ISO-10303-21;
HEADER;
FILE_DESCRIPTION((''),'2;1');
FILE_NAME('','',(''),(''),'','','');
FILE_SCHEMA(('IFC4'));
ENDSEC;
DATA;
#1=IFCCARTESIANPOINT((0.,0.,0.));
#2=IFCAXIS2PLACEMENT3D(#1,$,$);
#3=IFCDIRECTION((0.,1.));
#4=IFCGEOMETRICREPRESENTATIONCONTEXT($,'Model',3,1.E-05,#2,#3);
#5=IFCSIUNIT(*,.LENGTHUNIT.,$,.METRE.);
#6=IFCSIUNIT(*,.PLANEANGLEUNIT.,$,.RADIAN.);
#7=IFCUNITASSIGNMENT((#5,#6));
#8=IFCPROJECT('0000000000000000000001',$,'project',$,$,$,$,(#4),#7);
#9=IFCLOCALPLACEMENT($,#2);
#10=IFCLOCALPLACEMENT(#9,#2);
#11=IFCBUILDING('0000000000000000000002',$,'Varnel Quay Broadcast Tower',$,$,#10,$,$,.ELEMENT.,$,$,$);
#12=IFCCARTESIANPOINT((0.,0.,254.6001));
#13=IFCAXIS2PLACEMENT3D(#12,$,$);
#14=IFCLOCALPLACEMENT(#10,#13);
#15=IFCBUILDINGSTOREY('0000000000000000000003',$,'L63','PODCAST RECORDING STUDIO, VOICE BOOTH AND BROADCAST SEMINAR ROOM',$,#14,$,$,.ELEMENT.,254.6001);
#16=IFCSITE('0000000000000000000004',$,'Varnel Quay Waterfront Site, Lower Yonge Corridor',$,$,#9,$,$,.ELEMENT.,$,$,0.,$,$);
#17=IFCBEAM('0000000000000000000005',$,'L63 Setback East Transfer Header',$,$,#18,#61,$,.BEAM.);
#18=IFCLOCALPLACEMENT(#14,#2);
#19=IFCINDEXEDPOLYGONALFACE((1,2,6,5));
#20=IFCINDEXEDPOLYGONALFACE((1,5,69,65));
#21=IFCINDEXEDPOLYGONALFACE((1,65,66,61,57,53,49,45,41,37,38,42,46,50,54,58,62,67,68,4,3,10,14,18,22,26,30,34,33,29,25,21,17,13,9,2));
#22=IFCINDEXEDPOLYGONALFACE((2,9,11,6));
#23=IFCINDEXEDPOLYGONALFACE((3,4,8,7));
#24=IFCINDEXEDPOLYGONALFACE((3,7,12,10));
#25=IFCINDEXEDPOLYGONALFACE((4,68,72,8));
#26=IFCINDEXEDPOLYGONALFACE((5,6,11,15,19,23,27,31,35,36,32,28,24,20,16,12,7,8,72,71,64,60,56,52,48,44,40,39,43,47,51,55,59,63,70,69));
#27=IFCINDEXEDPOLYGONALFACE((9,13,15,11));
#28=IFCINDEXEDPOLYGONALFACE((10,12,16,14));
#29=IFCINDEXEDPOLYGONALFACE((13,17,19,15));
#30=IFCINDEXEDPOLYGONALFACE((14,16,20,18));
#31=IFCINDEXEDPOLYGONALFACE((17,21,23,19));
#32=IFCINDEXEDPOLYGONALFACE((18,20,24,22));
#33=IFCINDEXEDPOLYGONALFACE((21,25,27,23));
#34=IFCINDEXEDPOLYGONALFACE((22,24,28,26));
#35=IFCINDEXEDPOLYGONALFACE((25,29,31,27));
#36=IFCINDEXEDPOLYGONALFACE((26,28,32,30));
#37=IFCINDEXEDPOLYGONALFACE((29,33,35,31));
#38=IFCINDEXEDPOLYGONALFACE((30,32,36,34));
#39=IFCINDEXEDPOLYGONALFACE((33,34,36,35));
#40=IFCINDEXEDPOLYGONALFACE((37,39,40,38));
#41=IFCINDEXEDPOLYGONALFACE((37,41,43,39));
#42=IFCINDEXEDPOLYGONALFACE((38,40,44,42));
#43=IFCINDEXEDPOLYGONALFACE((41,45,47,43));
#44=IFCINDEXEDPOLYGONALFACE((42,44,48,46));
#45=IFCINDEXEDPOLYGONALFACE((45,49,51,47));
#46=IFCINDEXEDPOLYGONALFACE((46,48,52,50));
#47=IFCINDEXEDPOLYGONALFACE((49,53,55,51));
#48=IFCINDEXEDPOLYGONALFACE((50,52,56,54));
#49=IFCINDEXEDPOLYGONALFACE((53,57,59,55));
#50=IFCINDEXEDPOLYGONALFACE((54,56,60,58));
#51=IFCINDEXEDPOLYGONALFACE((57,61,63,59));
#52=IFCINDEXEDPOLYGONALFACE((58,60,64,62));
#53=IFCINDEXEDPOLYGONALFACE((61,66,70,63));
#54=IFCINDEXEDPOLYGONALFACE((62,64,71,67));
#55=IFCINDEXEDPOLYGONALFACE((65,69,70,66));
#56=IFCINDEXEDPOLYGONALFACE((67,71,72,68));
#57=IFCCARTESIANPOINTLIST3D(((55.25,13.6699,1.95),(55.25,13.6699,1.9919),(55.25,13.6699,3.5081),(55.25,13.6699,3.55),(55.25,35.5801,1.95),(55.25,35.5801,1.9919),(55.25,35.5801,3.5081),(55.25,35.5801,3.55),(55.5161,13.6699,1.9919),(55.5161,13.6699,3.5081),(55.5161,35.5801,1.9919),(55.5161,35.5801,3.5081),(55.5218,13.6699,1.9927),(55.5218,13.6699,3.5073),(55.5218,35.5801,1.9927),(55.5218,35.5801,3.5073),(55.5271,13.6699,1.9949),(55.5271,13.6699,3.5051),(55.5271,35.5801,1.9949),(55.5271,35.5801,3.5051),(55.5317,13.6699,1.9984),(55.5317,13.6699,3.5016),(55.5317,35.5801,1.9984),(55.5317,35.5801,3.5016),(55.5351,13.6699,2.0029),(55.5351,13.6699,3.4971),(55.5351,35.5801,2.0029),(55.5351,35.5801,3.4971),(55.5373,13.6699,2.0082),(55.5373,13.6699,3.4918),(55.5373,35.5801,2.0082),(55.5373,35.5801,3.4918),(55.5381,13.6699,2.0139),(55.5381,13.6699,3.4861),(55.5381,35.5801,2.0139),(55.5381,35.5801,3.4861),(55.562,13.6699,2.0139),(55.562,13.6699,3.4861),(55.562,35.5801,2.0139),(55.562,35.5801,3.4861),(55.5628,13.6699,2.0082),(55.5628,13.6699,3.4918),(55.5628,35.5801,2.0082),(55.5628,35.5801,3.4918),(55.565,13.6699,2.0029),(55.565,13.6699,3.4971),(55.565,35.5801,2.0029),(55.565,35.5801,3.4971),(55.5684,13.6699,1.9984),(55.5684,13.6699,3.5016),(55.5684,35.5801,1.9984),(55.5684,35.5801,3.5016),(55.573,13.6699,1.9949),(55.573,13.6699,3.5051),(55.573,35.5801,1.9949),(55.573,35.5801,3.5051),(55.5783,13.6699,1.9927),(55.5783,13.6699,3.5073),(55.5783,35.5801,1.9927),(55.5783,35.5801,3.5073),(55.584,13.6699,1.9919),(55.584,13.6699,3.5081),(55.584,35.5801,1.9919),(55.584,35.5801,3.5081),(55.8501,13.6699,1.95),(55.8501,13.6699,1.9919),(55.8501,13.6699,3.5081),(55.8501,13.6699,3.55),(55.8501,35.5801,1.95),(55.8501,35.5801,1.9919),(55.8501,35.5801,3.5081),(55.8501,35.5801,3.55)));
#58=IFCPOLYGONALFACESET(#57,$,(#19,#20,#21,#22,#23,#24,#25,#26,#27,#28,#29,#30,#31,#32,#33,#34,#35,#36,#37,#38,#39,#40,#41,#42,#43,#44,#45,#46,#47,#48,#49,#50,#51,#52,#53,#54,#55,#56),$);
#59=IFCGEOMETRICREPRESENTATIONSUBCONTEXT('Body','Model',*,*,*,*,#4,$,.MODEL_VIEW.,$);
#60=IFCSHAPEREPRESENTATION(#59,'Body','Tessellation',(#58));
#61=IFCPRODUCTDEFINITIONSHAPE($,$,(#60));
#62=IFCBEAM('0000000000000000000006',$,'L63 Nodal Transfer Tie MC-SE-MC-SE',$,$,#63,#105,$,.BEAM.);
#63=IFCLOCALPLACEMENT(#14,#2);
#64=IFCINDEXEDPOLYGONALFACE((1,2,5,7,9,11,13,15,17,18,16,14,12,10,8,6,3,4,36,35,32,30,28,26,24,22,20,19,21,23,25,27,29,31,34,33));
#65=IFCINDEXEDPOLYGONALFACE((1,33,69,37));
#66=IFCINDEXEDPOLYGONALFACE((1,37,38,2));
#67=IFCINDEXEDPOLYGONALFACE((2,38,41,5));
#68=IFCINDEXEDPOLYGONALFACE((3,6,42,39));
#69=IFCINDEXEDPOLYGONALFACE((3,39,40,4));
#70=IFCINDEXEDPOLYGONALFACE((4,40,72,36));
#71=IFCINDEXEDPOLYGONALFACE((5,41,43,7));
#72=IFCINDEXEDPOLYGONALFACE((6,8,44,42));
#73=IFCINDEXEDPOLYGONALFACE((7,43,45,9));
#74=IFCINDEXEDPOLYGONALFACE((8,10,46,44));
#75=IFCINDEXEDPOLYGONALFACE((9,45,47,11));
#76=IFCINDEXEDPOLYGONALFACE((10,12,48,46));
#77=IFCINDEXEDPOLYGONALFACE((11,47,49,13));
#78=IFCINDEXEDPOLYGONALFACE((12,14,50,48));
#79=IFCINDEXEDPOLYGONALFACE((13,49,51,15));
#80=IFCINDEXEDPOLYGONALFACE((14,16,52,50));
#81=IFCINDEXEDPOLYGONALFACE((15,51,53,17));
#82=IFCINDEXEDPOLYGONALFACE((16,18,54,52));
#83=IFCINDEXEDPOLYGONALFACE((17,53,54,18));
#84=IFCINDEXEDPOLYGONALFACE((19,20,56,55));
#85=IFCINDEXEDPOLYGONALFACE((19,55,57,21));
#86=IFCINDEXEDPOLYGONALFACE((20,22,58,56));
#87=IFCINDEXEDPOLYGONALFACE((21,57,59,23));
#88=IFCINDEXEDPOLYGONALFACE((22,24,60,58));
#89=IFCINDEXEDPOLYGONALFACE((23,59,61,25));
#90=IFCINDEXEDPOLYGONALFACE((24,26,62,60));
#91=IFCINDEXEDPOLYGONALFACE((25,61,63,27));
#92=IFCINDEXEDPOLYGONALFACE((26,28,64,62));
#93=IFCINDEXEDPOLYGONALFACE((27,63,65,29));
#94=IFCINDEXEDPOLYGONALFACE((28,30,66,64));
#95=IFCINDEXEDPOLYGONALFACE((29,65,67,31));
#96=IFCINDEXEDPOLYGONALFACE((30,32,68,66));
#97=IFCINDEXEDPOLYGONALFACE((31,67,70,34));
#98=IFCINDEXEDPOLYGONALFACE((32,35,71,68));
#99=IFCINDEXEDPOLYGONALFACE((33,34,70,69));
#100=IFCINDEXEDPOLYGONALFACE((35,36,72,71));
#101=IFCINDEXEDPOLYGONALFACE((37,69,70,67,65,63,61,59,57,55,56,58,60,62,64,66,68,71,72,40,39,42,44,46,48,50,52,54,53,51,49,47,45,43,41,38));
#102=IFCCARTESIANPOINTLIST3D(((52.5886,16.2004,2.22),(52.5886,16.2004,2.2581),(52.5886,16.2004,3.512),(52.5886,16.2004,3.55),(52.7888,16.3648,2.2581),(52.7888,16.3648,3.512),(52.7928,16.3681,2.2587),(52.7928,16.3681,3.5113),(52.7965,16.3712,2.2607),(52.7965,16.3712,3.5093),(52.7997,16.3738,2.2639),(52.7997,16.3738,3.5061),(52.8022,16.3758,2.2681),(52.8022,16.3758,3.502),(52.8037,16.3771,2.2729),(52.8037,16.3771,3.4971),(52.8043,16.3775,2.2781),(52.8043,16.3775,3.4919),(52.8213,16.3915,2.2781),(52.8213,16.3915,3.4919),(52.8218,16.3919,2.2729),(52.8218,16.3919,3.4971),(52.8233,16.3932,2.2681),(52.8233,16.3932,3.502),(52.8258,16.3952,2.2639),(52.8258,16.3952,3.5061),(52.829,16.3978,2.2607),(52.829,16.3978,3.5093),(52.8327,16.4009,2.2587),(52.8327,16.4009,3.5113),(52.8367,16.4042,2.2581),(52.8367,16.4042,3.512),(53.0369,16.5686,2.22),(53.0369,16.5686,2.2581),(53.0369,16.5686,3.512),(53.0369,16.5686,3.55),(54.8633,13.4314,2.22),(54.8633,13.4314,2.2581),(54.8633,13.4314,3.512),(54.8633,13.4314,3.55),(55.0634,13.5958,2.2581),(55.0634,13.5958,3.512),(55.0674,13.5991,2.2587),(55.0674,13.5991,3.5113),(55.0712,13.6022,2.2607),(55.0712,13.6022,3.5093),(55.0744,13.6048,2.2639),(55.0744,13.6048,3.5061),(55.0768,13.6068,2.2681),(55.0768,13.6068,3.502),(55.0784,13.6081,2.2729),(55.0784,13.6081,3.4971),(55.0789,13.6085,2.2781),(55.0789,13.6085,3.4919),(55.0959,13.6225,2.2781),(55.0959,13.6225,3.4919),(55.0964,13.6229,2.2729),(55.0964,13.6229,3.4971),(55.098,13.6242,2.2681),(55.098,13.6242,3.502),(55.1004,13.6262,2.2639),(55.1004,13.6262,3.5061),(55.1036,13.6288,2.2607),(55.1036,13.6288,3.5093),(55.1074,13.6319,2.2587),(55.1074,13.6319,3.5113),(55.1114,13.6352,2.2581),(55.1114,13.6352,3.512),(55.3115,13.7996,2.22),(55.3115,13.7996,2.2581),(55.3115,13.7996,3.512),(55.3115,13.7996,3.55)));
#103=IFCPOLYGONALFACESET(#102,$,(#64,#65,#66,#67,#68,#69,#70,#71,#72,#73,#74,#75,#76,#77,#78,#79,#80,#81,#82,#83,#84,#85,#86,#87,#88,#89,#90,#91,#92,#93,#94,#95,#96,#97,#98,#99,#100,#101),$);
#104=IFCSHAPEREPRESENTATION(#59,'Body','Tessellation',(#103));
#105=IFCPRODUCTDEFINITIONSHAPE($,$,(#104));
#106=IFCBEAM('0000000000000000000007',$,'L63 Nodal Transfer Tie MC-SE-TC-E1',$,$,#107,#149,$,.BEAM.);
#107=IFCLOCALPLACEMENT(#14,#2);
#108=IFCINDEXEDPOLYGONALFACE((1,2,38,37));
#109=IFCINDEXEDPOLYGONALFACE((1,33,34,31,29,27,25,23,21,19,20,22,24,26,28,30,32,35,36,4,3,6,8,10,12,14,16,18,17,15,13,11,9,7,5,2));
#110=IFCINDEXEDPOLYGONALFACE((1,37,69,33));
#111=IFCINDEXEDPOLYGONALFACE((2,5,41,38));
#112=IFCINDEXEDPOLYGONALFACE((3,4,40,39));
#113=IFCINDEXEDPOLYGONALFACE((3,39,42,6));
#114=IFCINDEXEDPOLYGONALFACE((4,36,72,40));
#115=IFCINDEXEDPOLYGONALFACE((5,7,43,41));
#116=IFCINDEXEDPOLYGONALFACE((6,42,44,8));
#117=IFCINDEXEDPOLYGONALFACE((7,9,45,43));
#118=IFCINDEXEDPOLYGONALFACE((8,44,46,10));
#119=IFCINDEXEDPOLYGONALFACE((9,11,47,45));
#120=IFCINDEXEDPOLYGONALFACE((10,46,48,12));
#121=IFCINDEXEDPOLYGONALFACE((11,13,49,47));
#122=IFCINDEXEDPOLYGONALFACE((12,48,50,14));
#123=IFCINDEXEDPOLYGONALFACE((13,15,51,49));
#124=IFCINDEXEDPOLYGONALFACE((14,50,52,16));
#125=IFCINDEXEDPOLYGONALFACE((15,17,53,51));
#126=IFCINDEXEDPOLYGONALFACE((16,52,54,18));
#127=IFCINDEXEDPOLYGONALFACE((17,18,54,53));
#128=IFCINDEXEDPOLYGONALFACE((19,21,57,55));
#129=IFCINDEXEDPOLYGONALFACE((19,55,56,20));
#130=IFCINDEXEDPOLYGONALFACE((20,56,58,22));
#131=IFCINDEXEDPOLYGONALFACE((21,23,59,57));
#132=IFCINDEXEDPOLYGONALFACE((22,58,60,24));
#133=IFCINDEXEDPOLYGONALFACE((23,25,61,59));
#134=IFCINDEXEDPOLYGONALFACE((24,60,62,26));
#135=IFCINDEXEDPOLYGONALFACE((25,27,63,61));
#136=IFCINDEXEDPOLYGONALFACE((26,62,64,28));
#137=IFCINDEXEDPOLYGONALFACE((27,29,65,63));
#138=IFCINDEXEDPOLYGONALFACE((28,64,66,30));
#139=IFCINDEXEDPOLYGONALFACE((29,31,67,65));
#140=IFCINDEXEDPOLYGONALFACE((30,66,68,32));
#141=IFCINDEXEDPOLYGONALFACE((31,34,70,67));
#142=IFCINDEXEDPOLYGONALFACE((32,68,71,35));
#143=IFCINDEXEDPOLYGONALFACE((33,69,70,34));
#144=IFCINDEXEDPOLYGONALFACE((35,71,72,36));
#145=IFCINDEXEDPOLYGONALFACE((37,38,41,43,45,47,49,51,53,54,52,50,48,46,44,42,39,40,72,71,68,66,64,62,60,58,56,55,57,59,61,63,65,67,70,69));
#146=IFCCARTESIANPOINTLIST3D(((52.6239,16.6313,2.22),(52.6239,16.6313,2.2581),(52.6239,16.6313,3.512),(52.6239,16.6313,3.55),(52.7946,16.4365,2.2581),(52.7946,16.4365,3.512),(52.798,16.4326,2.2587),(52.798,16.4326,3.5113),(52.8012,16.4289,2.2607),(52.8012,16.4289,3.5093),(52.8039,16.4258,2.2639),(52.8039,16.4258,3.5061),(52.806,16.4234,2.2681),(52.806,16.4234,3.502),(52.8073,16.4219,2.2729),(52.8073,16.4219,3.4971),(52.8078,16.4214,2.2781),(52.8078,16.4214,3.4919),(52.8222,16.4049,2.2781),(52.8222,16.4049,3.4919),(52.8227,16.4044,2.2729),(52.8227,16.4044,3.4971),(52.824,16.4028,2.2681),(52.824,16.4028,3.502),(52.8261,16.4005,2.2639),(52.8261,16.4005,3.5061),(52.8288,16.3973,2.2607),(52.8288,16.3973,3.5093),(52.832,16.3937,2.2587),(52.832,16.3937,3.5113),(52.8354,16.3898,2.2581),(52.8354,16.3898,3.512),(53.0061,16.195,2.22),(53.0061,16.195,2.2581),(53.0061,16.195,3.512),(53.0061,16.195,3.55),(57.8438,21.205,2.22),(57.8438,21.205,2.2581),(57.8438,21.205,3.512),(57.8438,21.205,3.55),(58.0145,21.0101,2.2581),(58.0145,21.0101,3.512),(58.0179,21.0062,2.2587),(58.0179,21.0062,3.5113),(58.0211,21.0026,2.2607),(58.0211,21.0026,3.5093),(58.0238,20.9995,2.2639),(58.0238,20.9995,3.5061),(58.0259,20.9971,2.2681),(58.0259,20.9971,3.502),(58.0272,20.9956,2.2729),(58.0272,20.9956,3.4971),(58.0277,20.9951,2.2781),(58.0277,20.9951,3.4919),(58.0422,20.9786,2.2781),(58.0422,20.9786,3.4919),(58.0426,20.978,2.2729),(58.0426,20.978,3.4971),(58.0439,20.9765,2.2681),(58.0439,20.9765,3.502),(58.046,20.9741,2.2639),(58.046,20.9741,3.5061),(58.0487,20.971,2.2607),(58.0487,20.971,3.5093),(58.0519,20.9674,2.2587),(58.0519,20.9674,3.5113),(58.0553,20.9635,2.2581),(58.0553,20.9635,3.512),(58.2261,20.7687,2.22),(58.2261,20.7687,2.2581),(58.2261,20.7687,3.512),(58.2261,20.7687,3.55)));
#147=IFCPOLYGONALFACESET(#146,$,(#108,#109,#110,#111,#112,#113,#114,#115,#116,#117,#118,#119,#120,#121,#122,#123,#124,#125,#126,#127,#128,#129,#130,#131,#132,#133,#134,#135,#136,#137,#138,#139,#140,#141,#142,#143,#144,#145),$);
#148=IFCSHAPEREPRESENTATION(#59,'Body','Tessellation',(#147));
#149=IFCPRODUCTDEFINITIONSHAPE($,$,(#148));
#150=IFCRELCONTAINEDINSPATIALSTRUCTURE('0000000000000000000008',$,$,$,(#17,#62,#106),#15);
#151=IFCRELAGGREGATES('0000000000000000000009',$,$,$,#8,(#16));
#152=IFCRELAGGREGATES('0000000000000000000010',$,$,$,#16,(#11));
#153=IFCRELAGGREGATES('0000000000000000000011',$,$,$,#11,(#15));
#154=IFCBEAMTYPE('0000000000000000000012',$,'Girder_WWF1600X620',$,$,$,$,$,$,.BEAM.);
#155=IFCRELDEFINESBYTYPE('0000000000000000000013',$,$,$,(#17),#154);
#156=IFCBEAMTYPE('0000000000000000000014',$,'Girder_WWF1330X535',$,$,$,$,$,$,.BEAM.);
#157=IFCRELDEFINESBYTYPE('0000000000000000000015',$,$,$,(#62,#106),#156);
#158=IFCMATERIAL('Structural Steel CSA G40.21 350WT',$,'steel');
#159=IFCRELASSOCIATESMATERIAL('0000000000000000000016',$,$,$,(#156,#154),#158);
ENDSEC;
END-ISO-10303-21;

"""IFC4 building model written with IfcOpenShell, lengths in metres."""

from ifc_helpers import new_model, si_unit, direction, frame, origin, origin_2d, place, context, subcontext, project, spatial, i_section, extrude, source, transform, mapped, material, material_profile, profile_set, type_object, element, save


model = new_model("IFC4")

# Units and contexts
model_context = context("Model", 3, precision=1e-05, world=origin(), true_north=direction((0.0, 1.0)))
body_context = subcontext(model_context, "Body", "Model", "MODEL_VIEW")
ifc_project = project(units=[si_unit("LENGTHUNIT", "METRE"), si_unit("PLANEANGLEUNIT", "RADIAN")], contexts=[model_context])

# Site, building, storey
site_placement = place(None, origin())
site = spatial("IfcSite", under=ifc_project, at=site_placement, Name="Varnel Quay Waterfront Site, Lower Yonge Corridor", CompositionType="ELEMENT", RefElevation=0.0)
building_placement = place(site_placement, origin())
building = spatial("IfcBuilding", under=site, at=building_placement, Name="Varnel Quay Broadcast Tower", CompositionType="ELEMENT")
storey_placement = place(building_placement, frame((0.0, 0.0, 254.6001)))
storey = spatial("IfcBuildingStorey", under=building, at=storey_placement, Name="L63", Description="PODCAST RECORDING STUDIO, VOICE BOOTH AND BROADCAST SEMINAR ROOM", CompositionType="ELEMENT", Elevation=254.6001)

# Shared definitions
ifc_material_1 = material(Name="Structural Steel CSA G40.21 350WT", Category="steel")

# Beams
ifc_material_profile_1 = material_profile(ifc_material_1, i_section(OverallWidth=0.5801, OverallDepth=1.3301, WebThickness=0.022, FlangeThickness=0.0381, FilletRadius=0.02, at=origin_2d()), Name="WWF1330X535")
ifc_profile_set_1 = profile_set([ifc_material_profile_1], Name="Structural Steel CSA G40.21 350WT")
beam_type_1 = type_object("IfcBeamType", Name="Girder_WWF1330X535", PredefinedType="BEAM", material=ifc_profile_set_1)
ifc_material_profile_2 = material_profile(ifc_material_1, i_section(OverallWidth=0.6001, OverallDepth=1.6001, WebThickness=0.0239, FlangeThickness=0.042, FilletRadius=0.022, at=origin_2d()), Name="WWF1600X620")
ifc_profile_set_2 = profile_set([ifc_material_profile_2], Name="Structural Steel CSA G40.21 350WT")
beam_type_2 = type_object("IfcBeamType", Name="Girder_WWF1600X620", PredefinedType="BEAM", material=ifc_profile_set_2)
shared_shape_1 = source(origin(), body_context, "Body", "SweptSolid", [
    extrude(i_section(OverallWidth=0.6001, OverallDepth=1.6001, WebThickness=0.0239, FlangeThickness=0.042, FilletRadius=0.022, at=origin_2d()), origin(), (0.0, 0.0, 1.0), 21.9102),
])
beam_1_placement = place(storey_placement, frame((55.55, 13.6699, 2.75), z_axis=(0.0, 1.0, 0.0), x_axis=(-1.0, 0.0, 0.0)))
element("IfcBeam", 1, at=beam_1_placement, inside=storey, type_object=beam_type_2, Name="L63 Setback East Transfer Header", PredefinedType="BEAM", context=body_context, shape_type="MappedRepresentation", body=[
    mapped(shared_shape_1, transform((0.0, 0.0, 0.0), x_axis=(1.0, 0.0, 0.0), y_axis=(0.0, 1.0, 0.0), z_axis=(0.0, 0.0, 1.0), scale=1.0)),
])
shared_shape_2 = source(origin(), body_context, "Body", "SweptSolid", [
    extrude(i_section(OverallWidth=0.5801, OverallDepth=1.3301, WebThickness=0.022, FlangeThickness=0.0381, FilletRadius=0.02, at=origin_2d()), origin(), (0.0, 0.0, 1.0), 3.5835),
])
beam_2_placement = place(storey_placement, frame((55.0874, 13.6155, 2.885), z_axis=(-0.634754, 0.772714, 0.0), x_axis=(-0.772714, -0.634754, 0.0)))
element("IfcBeam", 2, at=beam_2_placement, inside=storey, type_object=beam_type_1, Name="L63 Nodal Transfer Tie MC-SE-MC-SE", PredefinedType="BEAM", context=body_context, shape_type="MappedRepresentation", body=[
    mapped(shared_shape_2, transform((0.0, 0.0, 0.0), x_axis=(1.0, 0.0, 0.0), y_axis=(0.0, 1.0, 0.0), z_axis=(0.0, 0.0, 1.0), scale=1.0)),
])
shared_shape_3 = source(origin(), body_context, "Body", "SweptSolid", [
    extrude(i_section(OverallWidth=0.5801, OverallDepth=1.3301, WebThickness=0.022, FlangeThickness=0.0381, FilletRadius=0.02, at=origin_2d()), origin(), (0.0, 0.0, 1.0), 6.9402),
])
beam_3_placement = place(storey_placement, frame((58.0349, 20.9868, 2.885), z_axis=(-0.75213, -0.659015, 0.0), x_axis=(0.659015, -0.75213, 0.0)))
element("IfcBeam", 3, at=beam_3_placement, inside=storey, type_object=beam_type_1, Name="L63 Nodal Transfer Tie MC-SE-TC-E1", PredefinedType="BEAM", context=body_context, shape_type="MappedRepresentation", body=[
    mapped(shared_shape_3, transform((0.0, 0.0, 0.0), x_axis=(1.0, 0.0, 0.0), y_axis=(0.0, 1.0, 0.0), z_axis=(0.0, 0.0, 1.0), scale=1.0)),
])

save(model, "model.ifc")
